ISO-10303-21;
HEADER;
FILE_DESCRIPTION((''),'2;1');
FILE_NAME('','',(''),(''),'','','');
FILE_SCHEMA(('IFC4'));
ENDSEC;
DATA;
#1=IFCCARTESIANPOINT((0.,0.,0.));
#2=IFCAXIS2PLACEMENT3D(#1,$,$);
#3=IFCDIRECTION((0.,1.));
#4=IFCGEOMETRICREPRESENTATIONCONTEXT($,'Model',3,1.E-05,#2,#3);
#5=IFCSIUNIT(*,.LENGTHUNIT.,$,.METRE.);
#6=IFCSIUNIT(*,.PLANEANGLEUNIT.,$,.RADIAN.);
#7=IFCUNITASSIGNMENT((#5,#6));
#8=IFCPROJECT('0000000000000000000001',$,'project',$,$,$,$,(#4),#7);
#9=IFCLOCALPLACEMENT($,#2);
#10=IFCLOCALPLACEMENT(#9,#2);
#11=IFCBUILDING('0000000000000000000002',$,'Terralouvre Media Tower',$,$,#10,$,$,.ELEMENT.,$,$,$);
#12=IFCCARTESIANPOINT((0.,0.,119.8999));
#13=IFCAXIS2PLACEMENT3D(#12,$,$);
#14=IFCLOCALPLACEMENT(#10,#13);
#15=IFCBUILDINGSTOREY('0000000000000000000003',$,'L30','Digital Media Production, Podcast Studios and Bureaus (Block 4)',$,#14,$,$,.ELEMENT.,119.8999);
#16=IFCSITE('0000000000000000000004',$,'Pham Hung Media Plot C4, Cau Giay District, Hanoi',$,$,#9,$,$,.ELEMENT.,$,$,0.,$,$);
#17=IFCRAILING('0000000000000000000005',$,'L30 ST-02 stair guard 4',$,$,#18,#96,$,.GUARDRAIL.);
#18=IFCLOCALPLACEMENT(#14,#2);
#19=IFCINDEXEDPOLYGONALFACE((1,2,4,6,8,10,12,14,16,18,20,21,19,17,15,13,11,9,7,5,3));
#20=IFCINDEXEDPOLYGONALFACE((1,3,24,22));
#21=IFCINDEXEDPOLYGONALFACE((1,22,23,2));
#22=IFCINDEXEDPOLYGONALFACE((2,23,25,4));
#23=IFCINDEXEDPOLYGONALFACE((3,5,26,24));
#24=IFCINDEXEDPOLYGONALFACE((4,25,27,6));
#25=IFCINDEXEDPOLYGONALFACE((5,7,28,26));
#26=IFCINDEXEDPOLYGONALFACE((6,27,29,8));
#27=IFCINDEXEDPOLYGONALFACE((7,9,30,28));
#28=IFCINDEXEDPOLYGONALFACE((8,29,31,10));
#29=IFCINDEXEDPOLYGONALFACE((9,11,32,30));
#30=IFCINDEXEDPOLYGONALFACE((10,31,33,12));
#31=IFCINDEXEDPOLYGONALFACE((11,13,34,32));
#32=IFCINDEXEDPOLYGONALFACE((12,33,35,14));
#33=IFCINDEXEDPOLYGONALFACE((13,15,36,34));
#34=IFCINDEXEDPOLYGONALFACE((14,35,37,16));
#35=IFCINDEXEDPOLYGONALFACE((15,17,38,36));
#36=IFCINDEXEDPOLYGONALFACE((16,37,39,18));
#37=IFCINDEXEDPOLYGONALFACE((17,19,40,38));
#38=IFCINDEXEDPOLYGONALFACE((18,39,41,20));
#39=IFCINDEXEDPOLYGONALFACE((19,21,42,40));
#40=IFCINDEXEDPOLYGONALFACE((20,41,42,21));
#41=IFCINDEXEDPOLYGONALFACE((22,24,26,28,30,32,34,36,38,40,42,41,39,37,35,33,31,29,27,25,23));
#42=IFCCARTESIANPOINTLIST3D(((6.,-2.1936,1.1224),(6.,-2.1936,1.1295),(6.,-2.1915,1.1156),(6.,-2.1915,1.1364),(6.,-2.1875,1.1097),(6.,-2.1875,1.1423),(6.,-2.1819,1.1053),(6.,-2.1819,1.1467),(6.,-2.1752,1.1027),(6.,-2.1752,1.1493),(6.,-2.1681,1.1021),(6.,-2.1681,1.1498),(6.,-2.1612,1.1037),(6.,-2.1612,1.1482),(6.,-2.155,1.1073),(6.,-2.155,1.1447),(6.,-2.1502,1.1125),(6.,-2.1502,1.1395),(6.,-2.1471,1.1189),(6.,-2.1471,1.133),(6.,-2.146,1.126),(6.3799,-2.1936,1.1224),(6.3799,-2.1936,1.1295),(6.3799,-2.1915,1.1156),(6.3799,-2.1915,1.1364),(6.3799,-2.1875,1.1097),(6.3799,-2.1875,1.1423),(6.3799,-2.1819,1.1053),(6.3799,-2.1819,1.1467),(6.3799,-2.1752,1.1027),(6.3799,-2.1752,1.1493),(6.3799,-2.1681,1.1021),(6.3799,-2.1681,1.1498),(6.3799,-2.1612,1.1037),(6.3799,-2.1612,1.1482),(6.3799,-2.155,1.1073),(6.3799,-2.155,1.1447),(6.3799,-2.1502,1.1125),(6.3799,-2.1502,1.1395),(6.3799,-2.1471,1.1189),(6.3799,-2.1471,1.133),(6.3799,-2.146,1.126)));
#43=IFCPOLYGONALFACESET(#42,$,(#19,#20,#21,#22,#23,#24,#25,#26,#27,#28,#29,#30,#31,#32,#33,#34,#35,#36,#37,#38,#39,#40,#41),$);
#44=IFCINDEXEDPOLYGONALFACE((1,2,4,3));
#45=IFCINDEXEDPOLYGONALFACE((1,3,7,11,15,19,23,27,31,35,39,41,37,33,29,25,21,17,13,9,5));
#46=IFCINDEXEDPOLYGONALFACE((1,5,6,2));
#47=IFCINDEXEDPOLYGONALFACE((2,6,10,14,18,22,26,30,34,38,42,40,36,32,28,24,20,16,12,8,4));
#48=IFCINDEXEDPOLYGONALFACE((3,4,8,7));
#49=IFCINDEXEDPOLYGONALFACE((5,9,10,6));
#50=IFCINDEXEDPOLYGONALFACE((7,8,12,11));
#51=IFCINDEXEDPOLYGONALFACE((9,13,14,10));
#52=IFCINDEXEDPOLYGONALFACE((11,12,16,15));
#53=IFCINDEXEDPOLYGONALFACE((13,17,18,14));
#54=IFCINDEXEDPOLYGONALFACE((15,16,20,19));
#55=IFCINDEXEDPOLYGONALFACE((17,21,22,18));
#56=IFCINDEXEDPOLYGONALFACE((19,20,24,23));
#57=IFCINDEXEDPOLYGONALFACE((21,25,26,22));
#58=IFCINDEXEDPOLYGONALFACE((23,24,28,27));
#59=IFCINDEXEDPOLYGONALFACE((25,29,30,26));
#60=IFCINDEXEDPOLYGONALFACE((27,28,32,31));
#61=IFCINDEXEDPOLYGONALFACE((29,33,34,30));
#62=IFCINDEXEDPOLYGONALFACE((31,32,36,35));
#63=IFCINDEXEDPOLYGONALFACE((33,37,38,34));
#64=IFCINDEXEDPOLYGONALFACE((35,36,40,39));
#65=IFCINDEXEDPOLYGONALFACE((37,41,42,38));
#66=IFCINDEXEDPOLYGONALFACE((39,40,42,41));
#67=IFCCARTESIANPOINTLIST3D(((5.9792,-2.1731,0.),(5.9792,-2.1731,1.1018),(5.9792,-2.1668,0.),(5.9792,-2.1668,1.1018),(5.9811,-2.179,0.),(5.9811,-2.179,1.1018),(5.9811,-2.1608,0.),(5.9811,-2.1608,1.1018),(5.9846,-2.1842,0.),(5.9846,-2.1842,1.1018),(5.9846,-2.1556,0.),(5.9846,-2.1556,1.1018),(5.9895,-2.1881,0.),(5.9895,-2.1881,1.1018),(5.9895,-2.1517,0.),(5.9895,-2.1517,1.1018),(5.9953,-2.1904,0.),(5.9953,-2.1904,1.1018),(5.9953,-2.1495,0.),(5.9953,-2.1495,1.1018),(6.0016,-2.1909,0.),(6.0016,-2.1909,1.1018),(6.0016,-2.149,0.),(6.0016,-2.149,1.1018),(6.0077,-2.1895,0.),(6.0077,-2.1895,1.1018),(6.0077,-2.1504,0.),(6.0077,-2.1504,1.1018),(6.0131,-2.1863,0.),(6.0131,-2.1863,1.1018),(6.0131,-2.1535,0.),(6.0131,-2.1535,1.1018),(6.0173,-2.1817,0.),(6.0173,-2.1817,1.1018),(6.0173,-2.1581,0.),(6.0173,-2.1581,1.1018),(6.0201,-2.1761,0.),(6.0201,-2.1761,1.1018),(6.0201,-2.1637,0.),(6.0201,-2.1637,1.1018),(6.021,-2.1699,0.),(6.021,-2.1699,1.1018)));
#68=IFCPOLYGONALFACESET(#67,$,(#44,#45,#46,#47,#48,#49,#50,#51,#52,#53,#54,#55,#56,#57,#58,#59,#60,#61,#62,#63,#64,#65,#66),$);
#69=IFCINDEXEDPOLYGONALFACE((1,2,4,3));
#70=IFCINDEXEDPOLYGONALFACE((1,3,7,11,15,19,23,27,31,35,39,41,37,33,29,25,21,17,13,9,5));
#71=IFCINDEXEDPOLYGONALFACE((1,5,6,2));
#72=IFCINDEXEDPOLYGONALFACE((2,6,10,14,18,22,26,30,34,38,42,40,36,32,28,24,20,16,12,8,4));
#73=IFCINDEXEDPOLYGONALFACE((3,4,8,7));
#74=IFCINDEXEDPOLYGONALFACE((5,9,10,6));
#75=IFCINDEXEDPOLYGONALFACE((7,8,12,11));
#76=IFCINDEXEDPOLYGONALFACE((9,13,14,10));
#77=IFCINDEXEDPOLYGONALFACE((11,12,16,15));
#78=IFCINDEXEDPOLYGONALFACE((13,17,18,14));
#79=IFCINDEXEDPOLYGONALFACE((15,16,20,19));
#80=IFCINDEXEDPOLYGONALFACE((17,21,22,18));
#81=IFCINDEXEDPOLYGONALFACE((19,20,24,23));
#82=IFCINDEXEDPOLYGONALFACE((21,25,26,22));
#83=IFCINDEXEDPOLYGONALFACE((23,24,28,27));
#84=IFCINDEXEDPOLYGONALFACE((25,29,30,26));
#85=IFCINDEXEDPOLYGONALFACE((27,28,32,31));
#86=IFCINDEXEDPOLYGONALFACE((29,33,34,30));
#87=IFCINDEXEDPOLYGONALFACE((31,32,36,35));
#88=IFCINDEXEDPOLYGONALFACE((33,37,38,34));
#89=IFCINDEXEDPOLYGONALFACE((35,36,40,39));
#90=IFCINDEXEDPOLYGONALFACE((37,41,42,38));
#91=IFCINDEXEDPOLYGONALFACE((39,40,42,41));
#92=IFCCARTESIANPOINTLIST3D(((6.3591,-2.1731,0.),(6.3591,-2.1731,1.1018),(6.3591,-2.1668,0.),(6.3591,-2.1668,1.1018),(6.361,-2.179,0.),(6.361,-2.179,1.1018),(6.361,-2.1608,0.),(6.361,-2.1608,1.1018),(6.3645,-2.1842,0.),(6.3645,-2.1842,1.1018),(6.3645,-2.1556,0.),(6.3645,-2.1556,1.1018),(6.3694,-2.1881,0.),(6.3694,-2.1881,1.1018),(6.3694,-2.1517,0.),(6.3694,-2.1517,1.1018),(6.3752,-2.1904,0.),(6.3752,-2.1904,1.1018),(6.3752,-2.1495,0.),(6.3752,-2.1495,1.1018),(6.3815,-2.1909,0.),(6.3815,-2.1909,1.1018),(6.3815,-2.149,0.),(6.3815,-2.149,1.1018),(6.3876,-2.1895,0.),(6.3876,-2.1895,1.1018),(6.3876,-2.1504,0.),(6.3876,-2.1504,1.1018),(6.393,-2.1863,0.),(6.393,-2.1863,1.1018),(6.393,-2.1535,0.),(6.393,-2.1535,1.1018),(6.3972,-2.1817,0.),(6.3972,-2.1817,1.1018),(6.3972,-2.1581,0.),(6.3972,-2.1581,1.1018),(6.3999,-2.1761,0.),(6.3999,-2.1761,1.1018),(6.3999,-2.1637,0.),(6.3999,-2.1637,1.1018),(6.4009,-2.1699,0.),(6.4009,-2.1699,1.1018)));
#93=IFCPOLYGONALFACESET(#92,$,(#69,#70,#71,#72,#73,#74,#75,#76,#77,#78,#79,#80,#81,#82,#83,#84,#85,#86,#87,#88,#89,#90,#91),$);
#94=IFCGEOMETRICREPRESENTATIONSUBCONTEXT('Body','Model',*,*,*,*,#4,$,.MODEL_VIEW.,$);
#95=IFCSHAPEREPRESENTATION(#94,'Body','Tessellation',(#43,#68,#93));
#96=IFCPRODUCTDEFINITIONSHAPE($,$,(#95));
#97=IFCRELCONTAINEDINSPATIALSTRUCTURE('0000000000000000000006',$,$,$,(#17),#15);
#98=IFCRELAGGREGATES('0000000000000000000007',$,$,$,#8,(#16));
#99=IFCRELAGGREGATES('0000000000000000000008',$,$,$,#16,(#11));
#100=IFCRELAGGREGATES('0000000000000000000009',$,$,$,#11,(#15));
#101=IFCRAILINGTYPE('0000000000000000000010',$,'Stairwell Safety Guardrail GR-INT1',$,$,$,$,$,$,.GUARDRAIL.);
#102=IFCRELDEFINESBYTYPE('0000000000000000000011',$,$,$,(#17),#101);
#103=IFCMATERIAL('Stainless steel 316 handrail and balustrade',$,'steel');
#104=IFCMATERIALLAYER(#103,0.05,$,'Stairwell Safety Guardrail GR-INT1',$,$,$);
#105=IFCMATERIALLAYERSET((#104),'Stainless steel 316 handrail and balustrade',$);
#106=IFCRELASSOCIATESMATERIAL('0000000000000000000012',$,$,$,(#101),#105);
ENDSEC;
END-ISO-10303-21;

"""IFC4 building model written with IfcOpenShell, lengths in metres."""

from ifc_helpers import new_model, si_unit, direction, frame, origin, origin_2d, place, context, subcontext, project, spatial, circle, extrude, material, layer, layer_set, type_object, element, save


model = new_model("IFC4")

# Units and contexts
model_context = context("Model", 3, precision=1e-05, world=origin(), true_north=direction((0.0, 1.0)))
body_context = subcontext(model_context, "Body", "Model", "MODEL_VIEW")
ifc_project = project(units=[si_unit("LENGTHUNIT", "METRE"), si_unit("PLANEANGLEUNIT", "RADIAN")], contexts=[model_context])

# Site, building, storey
site_placement = place(None, origin())
site = spatial("IfcSite", under=ifc_project, at=site_placement, Name="Pham Hung Media Plot C4, Cau Giay District, Hanoi", CompositionType="ELEMENT", RefElevation=0.0)
building_placement = place(site_placement, origin())
building = spatial("IfcBuilding", under=site, at=building_placement, Name="Terralouvre Media Tower", CompositionType="ELEMENT")
storey_placement = place(building_placement, frame((0.0, 0.0, 119.8999)))
storey = spatial("IfcBuildingStorey", under=building, at=storey_placement, Name="L30", Description="Digital Media Production, Podcast Studios and Bureaus (Block 4)", CompositionType="ELEMENT", Elevation=119.8999)

# Railing
ifc_material_1 = material(Name="Stainless steel 316 handrail and balustrade", Category="steel")
ifc_layer_1 = layer(ifc_material_1, 0.05, Name="Stairwell Safety Guardrail GR-INT1")
ifc_layer_set_1 = layer_set([ifc_layer_1], Name="Stainless steel 316 handrail and balustrade")
railing_type_1 = type_object("IfcRailingType", Name="Stairwell Safety Guardrail GR-INT1", PredefinedType="GUARDRAIL", material=ifc_layer_set_1)
railing_1_placement = place(storey_placement, frame((6.0, -2.1699, 0.0)))
element("IfcRailing", 1, at=railing_1_placement, inside=storey, type_object=railing_type_1, Name="L30 ST-02 stair guard 4", PredefinedType="GUARDRAIL", context=body_context, shape_type="SweptSolid", body=[
    extrude(circle(Radius=0.0239, at=origin_2d()), frame((0.0, 0.0, 1.126), z_axis=(1.0, 0.0, 0.0), x_axis=(0.0, 1.0, 0.0)), (0.0, 0.0, 1.0), 0.3799),
    extrude(circle(Radius=0.021, at=origin_2d()), origin(), (0.0, 0.0, 1.0), 1.1018),
    extrude(circle(Radius=0.021, at=origin_2d()), frame((0.3799, 0.0, 0.0)), (0.0, 0.0, 1.0), 1.1018),
])

save(model, "model.ifc")
